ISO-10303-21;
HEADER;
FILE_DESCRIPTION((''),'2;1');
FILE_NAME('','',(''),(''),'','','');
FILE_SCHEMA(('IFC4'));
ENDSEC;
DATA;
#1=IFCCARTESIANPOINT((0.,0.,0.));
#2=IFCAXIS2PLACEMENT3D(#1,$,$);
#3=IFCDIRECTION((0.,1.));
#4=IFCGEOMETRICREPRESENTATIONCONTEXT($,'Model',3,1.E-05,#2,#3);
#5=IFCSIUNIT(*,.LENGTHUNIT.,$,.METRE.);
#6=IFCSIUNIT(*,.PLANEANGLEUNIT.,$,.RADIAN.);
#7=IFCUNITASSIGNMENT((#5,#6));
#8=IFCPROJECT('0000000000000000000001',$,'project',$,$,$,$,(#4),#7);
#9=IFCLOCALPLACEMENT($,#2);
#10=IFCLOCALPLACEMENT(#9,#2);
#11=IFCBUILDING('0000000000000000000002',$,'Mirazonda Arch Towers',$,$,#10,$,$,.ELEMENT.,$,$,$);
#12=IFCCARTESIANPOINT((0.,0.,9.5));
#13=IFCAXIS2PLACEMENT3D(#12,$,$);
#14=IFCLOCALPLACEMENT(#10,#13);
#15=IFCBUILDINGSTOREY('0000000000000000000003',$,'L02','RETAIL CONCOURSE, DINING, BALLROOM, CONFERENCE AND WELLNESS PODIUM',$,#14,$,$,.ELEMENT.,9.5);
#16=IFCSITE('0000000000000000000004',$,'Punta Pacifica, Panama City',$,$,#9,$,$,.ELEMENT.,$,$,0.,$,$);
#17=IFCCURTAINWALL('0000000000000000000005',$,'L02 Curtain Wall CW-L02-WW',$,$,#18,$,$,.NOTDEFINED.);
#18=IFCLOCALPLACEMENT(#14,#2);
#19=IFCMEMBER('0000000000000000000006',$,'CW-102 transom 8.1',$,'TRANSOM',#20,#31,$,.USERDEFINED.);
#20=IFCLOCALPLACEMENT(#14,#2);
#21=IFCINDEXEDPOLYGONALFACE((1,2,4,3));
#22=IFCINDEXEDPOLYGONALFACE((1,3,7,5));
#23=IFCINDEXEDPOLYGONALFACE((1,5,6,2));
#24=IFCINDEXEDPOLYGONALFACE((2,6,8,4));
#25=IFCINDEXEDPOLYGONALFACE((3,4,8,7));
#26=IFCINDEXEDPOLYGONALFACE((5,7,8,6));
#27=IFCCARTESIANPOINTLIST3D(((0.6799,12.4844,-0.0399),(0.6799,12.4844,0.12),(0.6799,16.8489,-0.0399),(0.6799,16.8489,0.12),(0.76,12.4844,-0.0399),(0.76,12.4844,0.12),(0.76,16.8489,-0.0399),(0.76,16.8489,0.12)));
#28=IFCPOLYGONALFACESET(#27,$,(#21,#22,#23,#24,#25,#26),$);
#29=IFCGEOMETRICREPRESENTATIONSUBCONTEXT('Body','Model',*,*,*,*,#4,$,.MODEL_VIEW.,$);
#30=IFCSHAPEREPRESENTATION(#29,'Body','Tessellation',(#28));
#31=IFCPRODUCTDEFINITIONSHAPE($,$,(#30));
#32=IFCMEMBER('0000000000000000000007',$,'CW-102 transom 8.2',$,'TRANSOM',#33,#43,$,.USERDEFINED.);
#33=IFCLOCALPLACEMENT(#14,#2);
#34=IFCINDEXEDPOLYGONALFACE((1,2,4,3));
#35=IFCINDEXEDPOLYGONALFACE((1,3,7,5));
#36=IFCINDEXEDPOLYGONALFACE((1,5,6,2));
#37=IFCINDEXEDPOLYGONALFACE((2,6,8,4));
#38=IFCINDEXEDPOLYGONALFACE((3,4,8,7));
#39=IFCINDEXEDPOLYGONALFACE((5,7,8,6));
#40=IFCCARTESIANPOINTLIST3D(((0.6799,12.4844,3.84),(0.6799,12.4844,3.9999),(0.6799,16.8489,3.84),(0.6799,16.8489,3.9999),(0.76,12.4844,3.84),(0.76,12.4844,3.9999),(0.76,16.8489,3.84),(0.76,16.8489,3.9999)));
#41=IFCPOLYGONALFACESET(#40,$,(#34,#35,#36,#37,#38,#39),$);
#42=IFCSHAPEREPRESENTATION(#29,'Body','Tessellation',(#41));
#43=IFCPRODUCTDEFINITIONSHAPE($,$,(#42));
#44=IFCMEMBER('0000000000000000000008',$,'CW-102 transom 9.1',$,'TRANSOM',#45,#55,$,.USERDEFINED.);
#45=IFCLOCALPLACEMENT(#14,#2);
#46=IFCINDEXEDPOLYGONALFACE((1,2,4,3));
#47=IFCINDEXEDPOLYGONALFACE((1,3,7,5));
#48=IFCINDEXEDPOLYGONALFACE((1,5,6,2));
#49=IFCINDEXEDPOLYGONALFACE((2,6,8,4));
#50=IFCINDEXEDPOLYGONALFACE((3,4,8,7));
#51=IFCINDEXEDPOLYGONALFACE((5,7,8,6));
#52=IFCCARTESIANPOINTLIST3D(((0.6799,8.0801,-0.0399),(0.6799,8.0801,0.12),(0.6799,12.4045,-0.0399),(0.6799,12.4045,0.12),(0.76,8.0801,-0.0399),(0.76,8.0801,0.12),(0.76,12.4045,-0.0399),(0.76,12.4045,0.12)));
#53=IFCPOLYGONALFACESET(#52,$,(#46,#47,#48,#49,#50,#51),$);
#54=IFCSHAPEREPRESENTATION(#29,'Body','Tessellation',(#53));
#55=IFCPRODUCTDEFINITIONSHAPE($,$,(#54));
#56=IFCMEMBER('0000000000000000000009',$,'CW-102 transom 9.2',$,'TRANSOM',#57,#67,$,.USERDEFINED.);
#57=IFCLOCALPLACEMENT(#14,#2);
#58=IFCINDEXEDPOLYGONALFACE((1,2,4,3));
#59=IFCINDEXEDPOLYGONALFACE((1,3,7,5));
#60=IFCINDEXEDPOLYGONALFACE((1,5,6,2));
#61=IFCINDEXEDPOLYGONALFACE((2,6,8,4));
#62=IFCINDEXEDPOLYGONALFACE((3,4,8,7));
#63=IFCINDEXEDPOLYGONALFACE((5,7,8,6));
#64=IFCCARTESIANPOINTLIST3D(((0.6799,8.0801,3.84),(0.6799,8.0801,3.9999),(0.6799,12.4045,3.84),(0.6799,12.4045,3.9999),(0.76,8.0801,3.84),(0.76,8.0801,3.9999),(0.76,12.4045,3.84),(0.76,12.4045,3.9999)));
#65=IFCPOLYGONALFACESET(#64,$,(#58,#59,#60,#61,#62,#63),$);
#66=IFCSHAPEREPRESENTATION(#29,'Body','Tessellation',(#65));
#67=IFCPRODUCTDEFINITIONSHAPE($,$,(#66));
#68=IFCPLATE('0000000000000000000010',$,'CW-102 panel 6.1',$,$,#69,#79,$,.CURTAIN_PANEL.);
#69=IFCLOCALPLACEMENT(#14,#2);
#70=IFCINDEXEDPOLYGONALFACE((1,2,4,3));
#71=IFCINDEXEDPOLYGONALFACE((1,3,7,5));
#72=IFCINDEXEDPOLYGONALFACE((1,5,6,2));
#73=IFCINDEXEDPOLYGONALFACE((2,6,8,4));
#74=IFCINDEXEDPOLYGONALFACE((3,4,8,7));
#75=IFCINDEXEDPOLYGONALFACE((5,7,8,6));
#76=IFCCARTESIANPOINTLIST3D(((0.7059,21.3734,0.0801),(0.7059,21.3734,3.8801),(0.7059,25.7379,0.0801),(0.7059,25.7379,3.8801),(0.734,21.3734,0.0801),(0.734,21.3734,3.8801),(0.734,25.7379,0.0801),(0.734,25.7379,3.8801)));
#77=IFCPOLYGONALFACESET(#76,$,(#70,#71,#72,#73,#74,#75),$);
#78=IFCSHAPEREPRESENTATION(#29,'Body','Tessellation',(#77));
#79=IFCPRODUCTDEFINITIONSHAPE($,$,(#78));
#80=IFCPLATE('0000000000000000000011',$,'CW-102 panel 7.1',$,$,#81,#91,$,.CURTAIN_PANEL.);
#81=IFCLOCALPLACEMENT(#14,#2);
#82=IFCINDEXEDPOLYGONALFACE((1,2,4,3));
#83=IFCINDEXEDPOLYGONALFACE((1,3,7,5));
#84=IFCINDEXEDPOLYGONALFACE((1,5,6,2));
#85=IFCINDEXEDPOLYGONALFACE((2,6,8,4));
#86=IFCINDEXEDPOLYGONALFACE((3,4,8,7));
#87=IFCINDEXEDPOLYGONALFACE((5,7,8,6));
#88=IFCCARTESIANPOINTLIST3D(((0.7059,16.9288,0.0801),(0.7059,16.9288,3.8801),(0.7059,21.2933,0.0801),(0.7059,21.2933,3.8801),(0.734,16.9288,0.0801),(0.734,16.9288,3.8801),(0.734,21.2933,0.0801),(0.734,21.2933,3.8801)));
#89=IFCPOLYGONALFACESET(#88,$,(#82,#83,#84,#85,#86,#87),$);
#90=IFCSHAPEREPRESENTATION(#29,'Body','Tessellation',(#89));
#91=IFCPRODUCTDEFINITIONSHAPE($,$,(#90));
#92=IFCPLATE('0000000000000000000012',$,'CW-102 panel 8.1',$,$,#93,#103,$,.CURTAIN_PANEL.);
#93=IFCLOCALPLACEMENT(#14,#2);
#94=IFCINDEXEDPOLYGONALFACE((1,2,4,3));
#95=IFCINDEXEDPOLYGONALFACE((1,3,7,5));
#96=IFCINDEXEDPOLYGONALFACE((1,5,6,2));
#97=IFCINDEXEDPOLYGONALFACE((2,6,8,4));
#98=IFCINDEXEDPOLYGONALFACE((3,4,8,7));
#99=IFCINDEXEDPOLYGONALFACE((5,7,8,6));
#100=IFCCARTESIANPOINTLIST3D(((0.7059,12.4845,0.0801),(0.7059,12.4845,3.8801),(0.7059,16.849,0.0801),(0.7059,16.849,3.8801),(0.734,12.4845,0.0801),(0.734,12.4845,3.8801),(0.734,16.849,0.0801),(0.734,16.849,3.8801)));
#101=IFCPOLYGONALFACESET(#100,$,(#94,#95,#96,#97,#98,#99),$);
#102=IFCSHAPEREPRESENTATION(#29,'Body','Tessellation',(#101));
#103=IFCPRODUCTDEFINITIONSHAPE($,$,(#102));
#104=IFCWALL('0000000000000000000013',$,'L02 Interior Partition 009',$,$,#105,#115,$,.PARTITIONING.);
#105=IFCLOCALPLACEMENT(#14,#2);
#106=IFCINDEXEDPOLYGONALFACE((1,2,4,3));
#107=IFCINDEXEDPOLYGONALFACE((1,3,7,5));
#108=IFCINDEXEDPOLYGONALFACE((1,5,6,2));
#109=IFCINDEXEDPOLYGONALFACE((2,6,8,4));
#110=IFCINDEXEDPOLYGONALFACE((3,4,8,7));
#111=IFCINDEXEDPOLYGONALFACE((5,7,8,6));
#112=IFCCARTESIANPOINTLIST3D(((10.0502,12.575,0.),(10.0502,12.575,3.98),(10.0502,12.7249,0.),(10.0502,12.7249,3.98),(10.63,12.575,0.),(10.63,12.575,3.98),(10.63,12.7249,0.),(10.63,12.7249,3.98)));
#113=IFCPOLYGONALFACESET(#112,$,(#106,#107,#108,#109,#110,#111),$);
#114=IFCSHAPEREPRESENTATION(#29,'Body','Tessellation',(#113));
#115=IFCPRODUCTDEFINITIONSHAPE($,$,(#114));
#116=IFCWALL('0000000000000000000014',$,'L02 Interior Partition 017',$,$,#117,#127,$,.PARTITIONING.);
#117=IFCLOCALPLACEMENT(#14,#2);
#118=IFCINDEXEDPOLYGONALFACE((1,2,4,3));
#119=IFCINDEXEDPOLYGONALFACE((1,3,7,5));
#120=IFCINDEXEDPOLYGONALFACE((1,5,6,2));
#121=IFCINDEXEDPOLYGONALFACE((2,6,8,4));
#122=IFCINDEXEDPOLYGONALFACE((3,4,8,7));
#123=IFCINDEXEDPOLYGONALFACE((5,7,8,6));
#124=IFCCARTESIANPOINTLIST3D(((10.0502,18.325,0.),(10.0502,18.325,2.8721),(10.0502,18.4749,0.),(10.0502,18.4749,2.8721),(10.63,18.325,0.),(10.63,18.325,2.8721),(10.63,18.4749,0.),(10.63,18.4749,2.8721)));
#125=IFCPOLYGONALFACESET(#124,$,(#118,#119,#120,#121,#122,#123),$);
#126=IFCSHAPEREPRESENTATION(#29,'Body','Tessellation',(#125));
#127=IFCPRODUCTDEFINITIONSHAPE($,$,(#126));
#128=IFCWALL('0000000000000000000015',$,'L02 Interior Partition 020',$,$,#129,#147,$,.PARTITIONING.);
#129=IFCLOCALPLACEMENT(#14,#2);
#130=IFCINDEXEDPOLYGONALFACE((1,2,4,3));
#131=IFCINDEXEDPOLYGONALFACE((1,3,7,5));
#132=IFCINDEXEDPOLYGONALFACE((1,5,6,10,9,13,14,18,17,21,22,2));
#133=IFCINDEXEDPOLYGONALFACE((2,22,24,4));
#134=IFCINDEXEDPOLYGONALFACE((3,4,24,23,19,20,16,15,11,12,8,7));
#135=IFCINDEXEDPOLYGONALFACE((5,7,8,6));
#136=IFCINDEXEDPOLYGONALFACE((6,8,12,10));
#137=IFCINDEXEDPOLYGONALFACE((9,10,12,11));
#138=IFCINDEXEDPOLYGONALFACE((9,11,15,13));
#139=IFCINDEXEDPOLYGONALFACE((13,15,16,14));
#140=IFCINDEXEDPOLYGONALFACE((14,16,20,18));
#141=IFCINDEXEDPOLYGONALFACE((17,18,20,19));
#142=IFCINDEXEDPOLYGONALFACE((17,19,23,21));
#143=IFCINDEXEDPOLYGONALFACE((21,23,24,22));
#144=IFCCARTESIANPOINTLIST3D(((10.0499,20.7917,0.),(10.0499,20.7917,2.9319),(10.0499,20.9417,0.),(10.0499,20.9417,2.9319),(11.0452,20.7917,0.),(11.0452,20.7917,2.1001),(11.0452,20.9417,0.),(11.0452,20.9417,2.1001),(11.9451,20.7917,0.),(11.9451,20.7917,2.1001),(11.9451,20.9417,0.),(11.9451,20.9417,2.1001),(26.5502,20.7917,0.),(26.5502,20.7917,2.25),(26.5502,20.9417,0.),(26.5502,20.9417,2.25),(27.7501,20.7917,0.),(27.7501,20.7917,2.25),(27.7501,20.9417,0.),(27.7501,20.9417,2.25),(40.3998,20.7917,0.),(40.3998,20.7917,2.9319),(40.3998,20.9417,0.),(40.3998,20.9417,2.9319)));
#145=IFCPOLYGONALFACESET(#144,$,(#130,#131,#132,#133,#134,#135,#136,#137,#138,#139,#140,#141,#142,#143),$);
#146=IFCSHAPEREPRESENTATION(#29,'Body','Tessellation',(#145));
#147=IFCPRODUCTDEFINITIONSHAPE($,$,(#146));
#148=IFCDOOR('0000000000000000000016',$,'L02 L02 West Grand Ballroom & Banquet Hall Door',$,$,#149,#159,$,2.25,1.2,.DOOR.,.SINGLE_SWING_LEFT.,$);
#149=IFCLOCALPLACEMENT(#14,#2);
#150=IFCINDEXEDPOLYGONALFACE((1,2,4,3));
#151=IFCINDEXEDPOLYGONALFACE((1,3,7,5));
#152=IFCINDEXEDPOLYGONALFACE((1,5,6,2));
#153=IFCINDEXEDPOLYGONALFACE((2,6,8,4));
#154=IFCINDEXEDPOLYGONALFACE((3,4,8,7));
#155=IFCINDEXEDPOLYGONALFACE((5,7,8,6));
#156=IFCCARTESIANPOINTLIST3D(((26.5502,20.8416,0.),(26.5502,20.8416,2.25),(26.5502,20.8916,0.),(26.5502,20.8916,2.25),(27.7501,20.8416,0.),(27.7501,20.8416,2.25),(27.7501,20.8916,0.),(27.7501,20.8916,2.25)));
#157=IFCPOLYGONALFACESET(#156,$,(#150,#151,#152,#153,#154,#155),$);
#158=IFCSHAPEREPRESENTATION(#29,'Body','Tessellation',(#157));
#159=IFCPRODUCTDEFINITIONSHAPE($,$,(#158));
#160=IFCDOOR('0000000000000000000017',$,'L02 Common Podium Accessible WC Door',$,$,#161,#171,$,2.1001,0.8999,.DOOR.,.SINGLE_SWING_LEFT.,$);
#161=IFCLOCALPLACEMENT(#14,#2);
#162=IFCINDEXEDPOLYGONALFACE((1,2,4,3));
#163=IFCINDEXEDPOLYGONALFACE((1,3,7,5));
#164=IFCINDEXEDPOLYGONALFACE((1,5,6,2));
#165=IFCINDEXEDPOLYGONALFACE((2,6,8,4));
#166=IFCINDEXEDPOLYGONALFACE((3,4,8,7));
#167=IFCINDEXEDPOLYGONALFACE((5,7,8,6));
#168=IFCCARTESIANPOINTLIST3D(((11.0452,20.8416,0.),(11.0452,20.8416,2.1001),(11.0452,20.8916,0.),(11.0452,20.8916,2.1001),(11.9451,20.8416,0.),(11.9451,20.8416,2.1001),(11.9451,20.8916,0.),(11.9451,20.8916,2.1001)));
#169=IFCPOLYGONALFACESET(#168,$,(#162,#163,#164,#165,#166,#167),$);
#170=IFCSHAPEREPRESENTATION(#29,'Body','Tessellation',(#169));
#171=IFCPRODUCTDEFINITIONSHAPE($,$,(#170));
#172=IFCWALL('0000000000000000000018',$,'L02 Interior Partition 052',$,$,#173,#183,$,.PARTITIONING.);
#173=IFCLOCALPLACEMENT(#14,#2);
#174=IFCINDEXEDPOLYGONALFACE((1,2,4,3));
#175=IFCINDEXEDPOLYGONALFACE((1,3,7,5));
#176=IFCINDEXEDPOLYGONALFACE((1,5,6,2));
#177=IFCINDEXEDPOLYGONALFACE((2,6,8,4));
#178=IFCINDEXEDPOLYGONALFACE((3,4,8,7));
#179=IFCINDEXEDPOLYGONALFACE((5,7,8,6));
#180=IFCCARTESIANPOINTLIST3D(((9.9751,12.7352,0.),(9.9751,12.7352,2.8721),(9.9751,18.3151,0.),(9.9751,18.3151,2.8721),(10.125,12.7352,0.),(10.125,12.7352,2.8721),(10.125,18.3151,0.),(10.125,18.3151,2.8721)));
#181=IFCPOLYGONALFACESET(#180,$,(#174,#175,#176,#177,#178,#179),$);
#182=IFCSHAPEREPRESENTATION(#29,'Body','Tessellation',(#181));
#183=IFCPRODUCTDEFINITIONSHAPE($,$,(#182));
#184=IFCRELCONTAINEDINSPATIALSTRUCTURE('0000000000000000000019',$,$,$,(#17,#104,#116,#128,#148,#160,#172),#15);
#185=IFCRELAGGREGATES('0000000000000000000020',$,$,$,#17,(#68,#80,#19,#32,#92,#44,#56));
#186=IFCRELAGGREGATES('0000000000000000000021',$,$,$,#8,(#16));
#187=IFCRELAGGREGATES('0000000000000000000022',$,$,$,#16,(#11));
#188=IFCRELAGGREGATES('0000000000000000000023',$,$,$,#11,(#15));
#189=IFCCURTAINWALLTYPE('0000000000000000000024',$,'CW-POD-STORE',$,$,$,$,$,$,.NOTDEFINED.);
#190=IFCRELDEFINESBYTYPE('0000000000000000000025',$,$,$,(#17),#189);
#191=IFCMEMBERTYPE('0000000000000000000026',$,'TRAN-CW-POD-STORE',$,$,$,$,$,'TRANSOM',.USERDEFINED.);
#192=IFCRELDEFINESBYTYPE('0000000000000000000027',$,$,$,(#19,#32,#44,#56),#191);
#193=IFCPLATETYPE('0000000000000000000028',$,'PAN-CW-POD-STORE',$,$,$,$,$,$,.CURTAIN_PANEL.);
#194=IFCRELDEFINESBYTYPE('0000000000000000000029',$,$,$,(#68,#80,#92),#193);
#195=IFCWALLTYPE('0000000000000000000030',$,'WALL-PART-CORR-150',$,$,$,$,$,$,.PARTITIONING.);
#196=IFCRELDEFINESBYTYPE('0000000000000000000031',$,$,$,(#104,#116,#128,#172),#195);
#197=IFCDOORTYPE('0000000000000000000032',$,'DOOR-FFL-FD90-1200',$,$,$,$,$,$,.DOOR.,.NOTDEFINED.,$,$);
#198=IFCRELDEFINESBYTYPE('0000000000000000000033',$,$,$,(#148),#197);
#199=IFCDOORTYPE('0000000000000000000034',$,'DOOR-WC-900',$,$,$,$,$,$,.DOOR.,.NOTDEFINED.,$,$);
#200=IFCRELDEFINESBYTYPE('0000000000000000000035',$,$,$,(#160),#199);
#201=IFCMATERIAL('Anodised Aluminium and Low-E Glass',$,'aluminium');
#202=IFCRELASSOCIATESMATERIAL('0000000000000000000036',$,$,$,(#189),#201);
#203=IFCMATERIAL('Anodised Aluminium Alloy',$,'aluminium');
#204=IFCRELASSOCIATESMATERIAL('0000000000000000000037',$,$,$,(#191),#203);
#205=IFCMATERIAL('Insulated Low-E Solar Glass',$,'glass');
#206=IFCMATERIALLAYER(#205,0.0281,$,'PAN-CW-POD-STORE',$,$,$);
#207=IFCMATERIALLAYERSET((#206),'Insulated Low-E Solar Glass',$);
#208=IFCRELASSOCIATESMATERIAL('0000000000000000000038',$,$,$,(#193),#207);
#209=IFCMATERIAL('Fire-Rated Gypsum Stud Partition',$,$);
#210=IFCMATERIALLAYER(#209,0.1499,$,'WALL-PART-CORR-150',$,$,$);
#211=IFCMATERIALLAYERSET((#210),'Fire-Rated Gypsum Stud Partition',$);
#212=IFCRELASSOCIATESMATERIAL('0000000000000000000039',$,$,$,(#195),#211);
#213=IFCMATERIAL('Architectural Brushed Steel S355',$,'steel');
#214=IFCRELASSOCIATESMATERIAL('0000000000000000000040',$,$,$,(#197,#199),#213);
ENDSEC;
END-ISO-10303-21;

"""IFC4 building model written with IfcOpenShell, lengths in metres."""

from ifc_helpers import new_model, si_unit, direction, frame, frame_2d, origin, origin_2d, place, context, subcontext, project, spatial, rectangle, extrude, material, layer, layer_set, material_profile, profile_set, type_object, element, fill, aggregate, save


model = new_model("IFC4")

# Units and contexts
model_context = context("Model", 3, precision=1e-05, world=origin(), true_north=direction((0.0, 1.0)))
body_context = subcontext(model_context, "Body", "Model", "MODEL_VIEW")
ifc_project = project(units=[si_unit("LENGTHUNIT", "METRE"), si_unit("PLANEANGLEUNIT", "RADIAN")], contexts=[model_context])

# Site, building, storey
site_placement = place(None, origin())
site = spatial("IfcSite", under=ifc_project, at=site_placement, Name="Punta Pacifica, Panama City", CompositionType="ELEMENT", RefElevation=0.0)
building_placement = place(site_placement, origin())
building = spatial("IfcBuilding", under=site, at=building_placement, Name="Mirazonda Arch Towers", CompositionType="ELEMENT")
storey_placement = place(building_placement, frame((0.0, 0.0, 9.5)))
storey = spatial("IfcBuildingStorey", under=building, at=storey_placement, Name="L02", Description="RETAIL CONCOURSE, DINING, BALLROOM, CONFERENCE AND WELLNESS PODIUM", CompositionType="ELEMENT", Elevation=9.5)

# Curtain wall, members, plates
ifc_material_1 = material(Name="Anodised Aluminium and Low-E Glass", Category="aluminium")
curtain_wall_type = type_object("IfcCurtainWallType", Name="CW-POD-STORE", PredefinedType="NOTDEFINED", material=ifc_material_1)
curtain_wall_placement = place(storey_placement, origin())
curtain_wall = element("IfcCurtainWall", 1, at=curtain_wall_placement, inside=storey, type_object=curtain_wall_type, Name="L02 Curtain Wall CW-L02-WW", PredefinedType="NOTDEFINED")
ifc_material_2 = material(Name="Anodised Aluminium Alloy", Category="aluminium")
ifc_material_profile_1 = material_profile(ifc_material_2, rectangle(XDim=0.0801, YDim=0.1599, at=origin_2d()), Name="ALU-TRAN-80x160")
ifc_profile_set_1 = profile_set([ifc_material_profile_1], Name="Anodised Aluminium Alloy")
member_type_1 = type_object("IfcMemberType", Name="TRAN-CW-POD-STORE", ElementType="TRANSOM", PredefinedType="USERDEFINED", material=ifc_profile_set_1)
member_1_placement = place(storey_placement, frame((0.72, 16.8489, 0.04), z_axis=(0.0, -1.0, 0.0), x_axis=(1.0, 0.0, 0.0)))
member_1 = element("IfcMember", 2, at=member_1_placement, type_object=member_type_1, Name="CW-102 transom 8.1", ObjectType="TRANSOM", PredefinedType="USERDEFINED", context=body_context, shape_type="SweptSolid", body=[
    extrude(rectangle(XDim=0.0801, YDim=0.1599, at=origin_2d()), origin(), (0.0, 0.0, 1.0), 4.3645),
])
member_2_placement = place(storey_placement, frame((0.72, 16.8489, 3.9199), z_axis=(0.0, -1.0, 0.0), x_axis=(1.0, 0.0, 0.0)))
member_2 = element("IfcMember", 3, at=member_2_placement, type_object=member_type_1, Name="CW-102 transom 8.2", ObjectType="TRANSOM", PredefinedType="USERDEFINED", context=body_context, shape_type="SweptSolid", body=[
    extrude(rectangle(XDim=0.0801, YDim=0.1599, at=origin_2d()), origin(), (0.0, 0.0, 1.0), 4.3645),
])
member_3_placement = place(storey_placement, frame((0.72, 12.4045, 0.04), z_axis=(0.0, -1.0, 0.0), x_axis=(1.0, 0.0, 0.0)))
member_3 = element("IfcMember", 4, at=member_3_placement, type_object=member_type_1, Name="CW-102 transom 9.1", ObjectType="TRANSOM", PredefinedType="USERDEFINED", context=body_context, shape_type="SweptSolid", body=[
    extrude(rectangle(XDim=0.0801, YDim=0.1599, at=origin_2d()), origin(), (0.0, 0.0, 1.0), 4.3245),
])
member_4_placement = place(storey_placement, frame((0.72, 12.4045, 3.9199), z_axis=(0.0, -1.0, 0.0), x_axis=(1.0, 0.0, 0.0)))
member_4 = element("IfcMember", 5, at=member_4_placement, type_object=member_type_1, Name="CW-102 transom 9.2", ObjectType="TRANSOM", PredefinedType="USERDEFINED", context=body_context, shape_type="SweptSolid", body=[
    extrude(rectangle(XDim=0.0801, YDim=0.1599, at=origin_2d()), origin(), (0.0, 0.0, 1.0), 4.3245),
])
ifc_material_3 = material(Name="Insulated Low-E Solar Glass", Category="glass")
ifc_layer_1 = layer(ifc_material_3, 0.0281, Name="PAN-CW-POD-STORE")
ifc_layer_set_1 = layer_set([ifc_layer_1], Name="Insulated Low-E Solar Glass")
plate_type = type_object("IfcPlateType", Name="PAN-CW-POD-STORE", PredefinedType="CURTAIN_PANEL", material=ifc_layer_set_1)
plate_1_placement = place(storey_placement, frame((0.72, 23.5557, 0.0801), z_axis=(0.0, 0.0, 1.0), x_axis=(0.0, -1.0, 0.0)))
plate_1 = element("IfcPlate", 6, at=plate_1_placement, type_object=plate_type, Name="CW-102 panel 6.1", PredefinedType="CURTAIN_PANEL", context=body_context, shape_type="SweptSolid", body=[
    extrude(rectangle(XDim=4.3645, YDim=0.0281, at=origin_2d()), origin(), (0.0, 0.0, 1.0), 3.8),
])
plate_2_placement = place(storey_placement, frame((0.72, 19.1111, 0.0801), z_axis=(0.0, 0.0, 1.0), x_axis=(0.0, -1.0, 0.0)))
plate_2 = element("IfcPlate", 7, at=plate_2_placement, type_object=plate_type, Name="CW-102 panel 7.1", PredefinedType="CURTAIN_PANEL", context=body_context, shape_type="SweptSolid", body=[
    extrude(rectangle(XDim=4.3645, YDim=0.0281, at=origin_2d()), origin(), (0.0, 0.0, 1.0), 3.8),
])
plate_3_placement = place(storey_placement, frame((0.72, 14.6667, 0.0801), z_axis=(0.0, 0.0, 1.0), x_axis=(0.0, -1.0, 0.0)))
plate_3 = element("IfcPlate", 8, at=plate_3_placement, type_object=plate_type, Name="CW-102 panel 8.1", PredefinedType="CURTAIN_PANEL", context=body_context, shape_type="SweptSolid", body=[
    extrude(rectangle(XDim=4.3645, YDim=0.0281, at=origin_2d()), origin(), (0.0, 0.0, 1.0), 3.8),
])
aggregate(curtain_wall, [plate_1, plate_2, member_1, member_2, plate_3, member_3, member_4])

# Walls
ifc_material_4 = material(Name="Fire-Rated Gypsum Stud Partition")
ifc_layer_2 = layer(ifc_material_4, 0.1499, Name="WALL-PART-CORR-150")
ifc_layer_set_2 = layer_set([ifc_layer_2], Name="Fire-Rated Gypsum Stud Partition")
wall_type = type_object("IfcWallType", Name="WALL-PART-CORR-150", PredefinedType="PARTITIONING", material=ifc_layer_set_2)
wall_1_placement = place(storey_placement, frame((10.05, 12.6499, 0.0), z_axis=(0.0, 0.0, 1.0), x_axis=(1.0, 0.0, 0.0)))
element("IfcWall", 9, at=wall_1_placement, inside=storey, type_object=wall_type, Name="L02 Interior Partition 009", PredefinedType="PARTITIONING", context=body_context, shape_type="SweptSolid", body=[
    extrude(rectangle(XDim=0.5798, YDim=0.1499, at=frame_2d((0.29, 0.0))), origin(), (0.0, 0.0, 1.0), 3.98),
])
wall_2_placement = place(storey_placement, frame((10.05, 18.3999, 0.0), z_axis=(0.0, 0.0, 1.0), x_axis=(1.0, 0.0, 0.0)))
element("IfcWall", 10, at=wall_2_placement, inside=storey, type_object=wall_type, Name="L02 Interior Partition 017", PredefinedType="PARTITIONING", context=body_context, shape_type="SweptSolid", body=[
    extrude(rectangle(XDim=0.5798, YDim=0.1499, at=frame_2d((0.29, 0.0))), origin(), (0.0, 0.0, 1.0), 2.8721),
])

# Wall, openings, doors
wall_3_placement = place(storey_placement, frame((10.05, 20.8667, 0.0), z_axis=(0.0, 0.0, 1.0), x_axis=(1.0, 0.0, 0.0)))
wall_3 = element("IfcWall", 11, at=wall_3_placement, inside=storey, type_object=wall_type, Name="L02 Interior Partition 020", PredefinedType="PARTITIONING", context=body_context, shape_type="SweptSolid", body=[
    extrude(rectangle(XDim=30.3499, YDim=0.1499, at=frame_2d((15.1748, 0.0))), origin(), (0.0, 0.0, 1.0), 2.9319),
])
opening_1_placement = place(wall_3_placement, frame((0.9951, 0.0, 0.0)))
opening_1 = element("IfcOpeningElement", 12, at=opening_1_placement, cuts=wall_3, PredefinedType="OPENING", context=body_context, shape_type="SweptSolid", body=[
    extrude(rectangle(XDim=0.8999, YDim=2.1001, at=frame_2d((0.45, 1.05))), frame((0.0, 0.085, 0.0), z_axis=(0.0, -1.0, 0.0), x_axis=(1.0, 0.0, 0.0)), (0.0, 0.0, 1.0), 0.1699),
])
opening_2_placement = place(wall_3_placement, frame((16.5, 0.0, 0.0)))
opening_2 = element("IfcOpeningElement", 13, at=opening_2_placement, cuts=wall_3, PredefinedType="OPENING", context=body_context, shape_type="SweptSolid", body=[
    extrude(rectangle(XDim=1.2, YDim=2.25, at=frame_2d((0.6001, 1.125))), frame((0.0, 0.085, 0.0), z_axis=(0.0, -1.0, 0.0), x_axis=(1.0, 0.0, 0.0)), (0.0, 0.0, 1.0), 0.1699),
])
ifc_material_5 = material(Name="Architectural Brushed Steel S355", Category="steel")
door_type_1 = type_object("IfcDoorType", Name="DOOR-FFL-FD90-1200", OperationType="NOTDEFINED", PredefinedType="DOOR", material=ifc_material_5)
door_1_placement = place(opening_2_placement, origin())
door_1 = element("IfcDoor", 14, at=door_1_placement, inside=storey, type_object=door_type_1, Name="L02 L02 West Grand Ballroom & Banquet Hall Door", OperationType="SINGLE_SWING_LEFT", OverallHeight=2.25, OverallWidth=1.2, PredefinedType="DOOR", context=body_context, shape_type="SweptSolid", body=[
    extrude(rectangle(XDim=1.2, YDim=2.25, at=frame_2d((0.6001, 1.125))), frame((0.0, 0.0249, 0.0), z_axis=(0.0, -1.0, 0.0), x_axis=(1.0, 0.0, 0.0)), (0.0, 0.0, 1.0), 0.05),
])
fill(opening_2, door_1)
door_type_2 = type_object("IfcDoorType", Name="DOOR-WC-900", OperationType="NOTDEFINED", PredefinedType="DOOR", material=ifc_material_5)
door_2_placement = place(opening_1_placement, origin())
door_2 = element("IfcDoor", 15, at=door_2_placement, inside=storey, type_object=door_type_2, Name="L02 Common Podium Accessible WC Door", OperationType="SINGLE_SWING_LEFT", OverallHeight=2.1001, OverallWidth=0.8999, PredefinedType="DOOR", context=body_context, shape_type="SweptSolid", body=[
    extrude(rectangle(XDim=0.8999, YDim=2.1001, at=frame_2d((0.45, 1.05))), frame((0.0, 0.0249, 0.0), z_axis=(0.0, -1.0, 0.0), x_axis=(1.0, 0.0, 0.0)), (0.0, 0.0, 1.0), 0.05),
])
fill(opening_1, door_2)

# Wall
wall_4_placement = place(storey_placement, frame((10.05, 12.7351, 0.0), z_axis=(0.0, 0.0, 1.0), x_axis=(0.0, 1.0, 0.0)))
element("IfcWall", 16, at=wall_4_placement, inside=storey, type_object=wall_type, Name="L02 Interior Partition 052", PredefinedType="PARTITIONING", context=body_context, shape_type="SweptSolid", body=[
    extrude(rectangle(XDim=5.5798, YDim=0.1499, at=frame_2d((2.79, 0.0))), origin(), (0.0, 0.0, 1.0), 2.8721),
])

save(model, "model.ifc")
